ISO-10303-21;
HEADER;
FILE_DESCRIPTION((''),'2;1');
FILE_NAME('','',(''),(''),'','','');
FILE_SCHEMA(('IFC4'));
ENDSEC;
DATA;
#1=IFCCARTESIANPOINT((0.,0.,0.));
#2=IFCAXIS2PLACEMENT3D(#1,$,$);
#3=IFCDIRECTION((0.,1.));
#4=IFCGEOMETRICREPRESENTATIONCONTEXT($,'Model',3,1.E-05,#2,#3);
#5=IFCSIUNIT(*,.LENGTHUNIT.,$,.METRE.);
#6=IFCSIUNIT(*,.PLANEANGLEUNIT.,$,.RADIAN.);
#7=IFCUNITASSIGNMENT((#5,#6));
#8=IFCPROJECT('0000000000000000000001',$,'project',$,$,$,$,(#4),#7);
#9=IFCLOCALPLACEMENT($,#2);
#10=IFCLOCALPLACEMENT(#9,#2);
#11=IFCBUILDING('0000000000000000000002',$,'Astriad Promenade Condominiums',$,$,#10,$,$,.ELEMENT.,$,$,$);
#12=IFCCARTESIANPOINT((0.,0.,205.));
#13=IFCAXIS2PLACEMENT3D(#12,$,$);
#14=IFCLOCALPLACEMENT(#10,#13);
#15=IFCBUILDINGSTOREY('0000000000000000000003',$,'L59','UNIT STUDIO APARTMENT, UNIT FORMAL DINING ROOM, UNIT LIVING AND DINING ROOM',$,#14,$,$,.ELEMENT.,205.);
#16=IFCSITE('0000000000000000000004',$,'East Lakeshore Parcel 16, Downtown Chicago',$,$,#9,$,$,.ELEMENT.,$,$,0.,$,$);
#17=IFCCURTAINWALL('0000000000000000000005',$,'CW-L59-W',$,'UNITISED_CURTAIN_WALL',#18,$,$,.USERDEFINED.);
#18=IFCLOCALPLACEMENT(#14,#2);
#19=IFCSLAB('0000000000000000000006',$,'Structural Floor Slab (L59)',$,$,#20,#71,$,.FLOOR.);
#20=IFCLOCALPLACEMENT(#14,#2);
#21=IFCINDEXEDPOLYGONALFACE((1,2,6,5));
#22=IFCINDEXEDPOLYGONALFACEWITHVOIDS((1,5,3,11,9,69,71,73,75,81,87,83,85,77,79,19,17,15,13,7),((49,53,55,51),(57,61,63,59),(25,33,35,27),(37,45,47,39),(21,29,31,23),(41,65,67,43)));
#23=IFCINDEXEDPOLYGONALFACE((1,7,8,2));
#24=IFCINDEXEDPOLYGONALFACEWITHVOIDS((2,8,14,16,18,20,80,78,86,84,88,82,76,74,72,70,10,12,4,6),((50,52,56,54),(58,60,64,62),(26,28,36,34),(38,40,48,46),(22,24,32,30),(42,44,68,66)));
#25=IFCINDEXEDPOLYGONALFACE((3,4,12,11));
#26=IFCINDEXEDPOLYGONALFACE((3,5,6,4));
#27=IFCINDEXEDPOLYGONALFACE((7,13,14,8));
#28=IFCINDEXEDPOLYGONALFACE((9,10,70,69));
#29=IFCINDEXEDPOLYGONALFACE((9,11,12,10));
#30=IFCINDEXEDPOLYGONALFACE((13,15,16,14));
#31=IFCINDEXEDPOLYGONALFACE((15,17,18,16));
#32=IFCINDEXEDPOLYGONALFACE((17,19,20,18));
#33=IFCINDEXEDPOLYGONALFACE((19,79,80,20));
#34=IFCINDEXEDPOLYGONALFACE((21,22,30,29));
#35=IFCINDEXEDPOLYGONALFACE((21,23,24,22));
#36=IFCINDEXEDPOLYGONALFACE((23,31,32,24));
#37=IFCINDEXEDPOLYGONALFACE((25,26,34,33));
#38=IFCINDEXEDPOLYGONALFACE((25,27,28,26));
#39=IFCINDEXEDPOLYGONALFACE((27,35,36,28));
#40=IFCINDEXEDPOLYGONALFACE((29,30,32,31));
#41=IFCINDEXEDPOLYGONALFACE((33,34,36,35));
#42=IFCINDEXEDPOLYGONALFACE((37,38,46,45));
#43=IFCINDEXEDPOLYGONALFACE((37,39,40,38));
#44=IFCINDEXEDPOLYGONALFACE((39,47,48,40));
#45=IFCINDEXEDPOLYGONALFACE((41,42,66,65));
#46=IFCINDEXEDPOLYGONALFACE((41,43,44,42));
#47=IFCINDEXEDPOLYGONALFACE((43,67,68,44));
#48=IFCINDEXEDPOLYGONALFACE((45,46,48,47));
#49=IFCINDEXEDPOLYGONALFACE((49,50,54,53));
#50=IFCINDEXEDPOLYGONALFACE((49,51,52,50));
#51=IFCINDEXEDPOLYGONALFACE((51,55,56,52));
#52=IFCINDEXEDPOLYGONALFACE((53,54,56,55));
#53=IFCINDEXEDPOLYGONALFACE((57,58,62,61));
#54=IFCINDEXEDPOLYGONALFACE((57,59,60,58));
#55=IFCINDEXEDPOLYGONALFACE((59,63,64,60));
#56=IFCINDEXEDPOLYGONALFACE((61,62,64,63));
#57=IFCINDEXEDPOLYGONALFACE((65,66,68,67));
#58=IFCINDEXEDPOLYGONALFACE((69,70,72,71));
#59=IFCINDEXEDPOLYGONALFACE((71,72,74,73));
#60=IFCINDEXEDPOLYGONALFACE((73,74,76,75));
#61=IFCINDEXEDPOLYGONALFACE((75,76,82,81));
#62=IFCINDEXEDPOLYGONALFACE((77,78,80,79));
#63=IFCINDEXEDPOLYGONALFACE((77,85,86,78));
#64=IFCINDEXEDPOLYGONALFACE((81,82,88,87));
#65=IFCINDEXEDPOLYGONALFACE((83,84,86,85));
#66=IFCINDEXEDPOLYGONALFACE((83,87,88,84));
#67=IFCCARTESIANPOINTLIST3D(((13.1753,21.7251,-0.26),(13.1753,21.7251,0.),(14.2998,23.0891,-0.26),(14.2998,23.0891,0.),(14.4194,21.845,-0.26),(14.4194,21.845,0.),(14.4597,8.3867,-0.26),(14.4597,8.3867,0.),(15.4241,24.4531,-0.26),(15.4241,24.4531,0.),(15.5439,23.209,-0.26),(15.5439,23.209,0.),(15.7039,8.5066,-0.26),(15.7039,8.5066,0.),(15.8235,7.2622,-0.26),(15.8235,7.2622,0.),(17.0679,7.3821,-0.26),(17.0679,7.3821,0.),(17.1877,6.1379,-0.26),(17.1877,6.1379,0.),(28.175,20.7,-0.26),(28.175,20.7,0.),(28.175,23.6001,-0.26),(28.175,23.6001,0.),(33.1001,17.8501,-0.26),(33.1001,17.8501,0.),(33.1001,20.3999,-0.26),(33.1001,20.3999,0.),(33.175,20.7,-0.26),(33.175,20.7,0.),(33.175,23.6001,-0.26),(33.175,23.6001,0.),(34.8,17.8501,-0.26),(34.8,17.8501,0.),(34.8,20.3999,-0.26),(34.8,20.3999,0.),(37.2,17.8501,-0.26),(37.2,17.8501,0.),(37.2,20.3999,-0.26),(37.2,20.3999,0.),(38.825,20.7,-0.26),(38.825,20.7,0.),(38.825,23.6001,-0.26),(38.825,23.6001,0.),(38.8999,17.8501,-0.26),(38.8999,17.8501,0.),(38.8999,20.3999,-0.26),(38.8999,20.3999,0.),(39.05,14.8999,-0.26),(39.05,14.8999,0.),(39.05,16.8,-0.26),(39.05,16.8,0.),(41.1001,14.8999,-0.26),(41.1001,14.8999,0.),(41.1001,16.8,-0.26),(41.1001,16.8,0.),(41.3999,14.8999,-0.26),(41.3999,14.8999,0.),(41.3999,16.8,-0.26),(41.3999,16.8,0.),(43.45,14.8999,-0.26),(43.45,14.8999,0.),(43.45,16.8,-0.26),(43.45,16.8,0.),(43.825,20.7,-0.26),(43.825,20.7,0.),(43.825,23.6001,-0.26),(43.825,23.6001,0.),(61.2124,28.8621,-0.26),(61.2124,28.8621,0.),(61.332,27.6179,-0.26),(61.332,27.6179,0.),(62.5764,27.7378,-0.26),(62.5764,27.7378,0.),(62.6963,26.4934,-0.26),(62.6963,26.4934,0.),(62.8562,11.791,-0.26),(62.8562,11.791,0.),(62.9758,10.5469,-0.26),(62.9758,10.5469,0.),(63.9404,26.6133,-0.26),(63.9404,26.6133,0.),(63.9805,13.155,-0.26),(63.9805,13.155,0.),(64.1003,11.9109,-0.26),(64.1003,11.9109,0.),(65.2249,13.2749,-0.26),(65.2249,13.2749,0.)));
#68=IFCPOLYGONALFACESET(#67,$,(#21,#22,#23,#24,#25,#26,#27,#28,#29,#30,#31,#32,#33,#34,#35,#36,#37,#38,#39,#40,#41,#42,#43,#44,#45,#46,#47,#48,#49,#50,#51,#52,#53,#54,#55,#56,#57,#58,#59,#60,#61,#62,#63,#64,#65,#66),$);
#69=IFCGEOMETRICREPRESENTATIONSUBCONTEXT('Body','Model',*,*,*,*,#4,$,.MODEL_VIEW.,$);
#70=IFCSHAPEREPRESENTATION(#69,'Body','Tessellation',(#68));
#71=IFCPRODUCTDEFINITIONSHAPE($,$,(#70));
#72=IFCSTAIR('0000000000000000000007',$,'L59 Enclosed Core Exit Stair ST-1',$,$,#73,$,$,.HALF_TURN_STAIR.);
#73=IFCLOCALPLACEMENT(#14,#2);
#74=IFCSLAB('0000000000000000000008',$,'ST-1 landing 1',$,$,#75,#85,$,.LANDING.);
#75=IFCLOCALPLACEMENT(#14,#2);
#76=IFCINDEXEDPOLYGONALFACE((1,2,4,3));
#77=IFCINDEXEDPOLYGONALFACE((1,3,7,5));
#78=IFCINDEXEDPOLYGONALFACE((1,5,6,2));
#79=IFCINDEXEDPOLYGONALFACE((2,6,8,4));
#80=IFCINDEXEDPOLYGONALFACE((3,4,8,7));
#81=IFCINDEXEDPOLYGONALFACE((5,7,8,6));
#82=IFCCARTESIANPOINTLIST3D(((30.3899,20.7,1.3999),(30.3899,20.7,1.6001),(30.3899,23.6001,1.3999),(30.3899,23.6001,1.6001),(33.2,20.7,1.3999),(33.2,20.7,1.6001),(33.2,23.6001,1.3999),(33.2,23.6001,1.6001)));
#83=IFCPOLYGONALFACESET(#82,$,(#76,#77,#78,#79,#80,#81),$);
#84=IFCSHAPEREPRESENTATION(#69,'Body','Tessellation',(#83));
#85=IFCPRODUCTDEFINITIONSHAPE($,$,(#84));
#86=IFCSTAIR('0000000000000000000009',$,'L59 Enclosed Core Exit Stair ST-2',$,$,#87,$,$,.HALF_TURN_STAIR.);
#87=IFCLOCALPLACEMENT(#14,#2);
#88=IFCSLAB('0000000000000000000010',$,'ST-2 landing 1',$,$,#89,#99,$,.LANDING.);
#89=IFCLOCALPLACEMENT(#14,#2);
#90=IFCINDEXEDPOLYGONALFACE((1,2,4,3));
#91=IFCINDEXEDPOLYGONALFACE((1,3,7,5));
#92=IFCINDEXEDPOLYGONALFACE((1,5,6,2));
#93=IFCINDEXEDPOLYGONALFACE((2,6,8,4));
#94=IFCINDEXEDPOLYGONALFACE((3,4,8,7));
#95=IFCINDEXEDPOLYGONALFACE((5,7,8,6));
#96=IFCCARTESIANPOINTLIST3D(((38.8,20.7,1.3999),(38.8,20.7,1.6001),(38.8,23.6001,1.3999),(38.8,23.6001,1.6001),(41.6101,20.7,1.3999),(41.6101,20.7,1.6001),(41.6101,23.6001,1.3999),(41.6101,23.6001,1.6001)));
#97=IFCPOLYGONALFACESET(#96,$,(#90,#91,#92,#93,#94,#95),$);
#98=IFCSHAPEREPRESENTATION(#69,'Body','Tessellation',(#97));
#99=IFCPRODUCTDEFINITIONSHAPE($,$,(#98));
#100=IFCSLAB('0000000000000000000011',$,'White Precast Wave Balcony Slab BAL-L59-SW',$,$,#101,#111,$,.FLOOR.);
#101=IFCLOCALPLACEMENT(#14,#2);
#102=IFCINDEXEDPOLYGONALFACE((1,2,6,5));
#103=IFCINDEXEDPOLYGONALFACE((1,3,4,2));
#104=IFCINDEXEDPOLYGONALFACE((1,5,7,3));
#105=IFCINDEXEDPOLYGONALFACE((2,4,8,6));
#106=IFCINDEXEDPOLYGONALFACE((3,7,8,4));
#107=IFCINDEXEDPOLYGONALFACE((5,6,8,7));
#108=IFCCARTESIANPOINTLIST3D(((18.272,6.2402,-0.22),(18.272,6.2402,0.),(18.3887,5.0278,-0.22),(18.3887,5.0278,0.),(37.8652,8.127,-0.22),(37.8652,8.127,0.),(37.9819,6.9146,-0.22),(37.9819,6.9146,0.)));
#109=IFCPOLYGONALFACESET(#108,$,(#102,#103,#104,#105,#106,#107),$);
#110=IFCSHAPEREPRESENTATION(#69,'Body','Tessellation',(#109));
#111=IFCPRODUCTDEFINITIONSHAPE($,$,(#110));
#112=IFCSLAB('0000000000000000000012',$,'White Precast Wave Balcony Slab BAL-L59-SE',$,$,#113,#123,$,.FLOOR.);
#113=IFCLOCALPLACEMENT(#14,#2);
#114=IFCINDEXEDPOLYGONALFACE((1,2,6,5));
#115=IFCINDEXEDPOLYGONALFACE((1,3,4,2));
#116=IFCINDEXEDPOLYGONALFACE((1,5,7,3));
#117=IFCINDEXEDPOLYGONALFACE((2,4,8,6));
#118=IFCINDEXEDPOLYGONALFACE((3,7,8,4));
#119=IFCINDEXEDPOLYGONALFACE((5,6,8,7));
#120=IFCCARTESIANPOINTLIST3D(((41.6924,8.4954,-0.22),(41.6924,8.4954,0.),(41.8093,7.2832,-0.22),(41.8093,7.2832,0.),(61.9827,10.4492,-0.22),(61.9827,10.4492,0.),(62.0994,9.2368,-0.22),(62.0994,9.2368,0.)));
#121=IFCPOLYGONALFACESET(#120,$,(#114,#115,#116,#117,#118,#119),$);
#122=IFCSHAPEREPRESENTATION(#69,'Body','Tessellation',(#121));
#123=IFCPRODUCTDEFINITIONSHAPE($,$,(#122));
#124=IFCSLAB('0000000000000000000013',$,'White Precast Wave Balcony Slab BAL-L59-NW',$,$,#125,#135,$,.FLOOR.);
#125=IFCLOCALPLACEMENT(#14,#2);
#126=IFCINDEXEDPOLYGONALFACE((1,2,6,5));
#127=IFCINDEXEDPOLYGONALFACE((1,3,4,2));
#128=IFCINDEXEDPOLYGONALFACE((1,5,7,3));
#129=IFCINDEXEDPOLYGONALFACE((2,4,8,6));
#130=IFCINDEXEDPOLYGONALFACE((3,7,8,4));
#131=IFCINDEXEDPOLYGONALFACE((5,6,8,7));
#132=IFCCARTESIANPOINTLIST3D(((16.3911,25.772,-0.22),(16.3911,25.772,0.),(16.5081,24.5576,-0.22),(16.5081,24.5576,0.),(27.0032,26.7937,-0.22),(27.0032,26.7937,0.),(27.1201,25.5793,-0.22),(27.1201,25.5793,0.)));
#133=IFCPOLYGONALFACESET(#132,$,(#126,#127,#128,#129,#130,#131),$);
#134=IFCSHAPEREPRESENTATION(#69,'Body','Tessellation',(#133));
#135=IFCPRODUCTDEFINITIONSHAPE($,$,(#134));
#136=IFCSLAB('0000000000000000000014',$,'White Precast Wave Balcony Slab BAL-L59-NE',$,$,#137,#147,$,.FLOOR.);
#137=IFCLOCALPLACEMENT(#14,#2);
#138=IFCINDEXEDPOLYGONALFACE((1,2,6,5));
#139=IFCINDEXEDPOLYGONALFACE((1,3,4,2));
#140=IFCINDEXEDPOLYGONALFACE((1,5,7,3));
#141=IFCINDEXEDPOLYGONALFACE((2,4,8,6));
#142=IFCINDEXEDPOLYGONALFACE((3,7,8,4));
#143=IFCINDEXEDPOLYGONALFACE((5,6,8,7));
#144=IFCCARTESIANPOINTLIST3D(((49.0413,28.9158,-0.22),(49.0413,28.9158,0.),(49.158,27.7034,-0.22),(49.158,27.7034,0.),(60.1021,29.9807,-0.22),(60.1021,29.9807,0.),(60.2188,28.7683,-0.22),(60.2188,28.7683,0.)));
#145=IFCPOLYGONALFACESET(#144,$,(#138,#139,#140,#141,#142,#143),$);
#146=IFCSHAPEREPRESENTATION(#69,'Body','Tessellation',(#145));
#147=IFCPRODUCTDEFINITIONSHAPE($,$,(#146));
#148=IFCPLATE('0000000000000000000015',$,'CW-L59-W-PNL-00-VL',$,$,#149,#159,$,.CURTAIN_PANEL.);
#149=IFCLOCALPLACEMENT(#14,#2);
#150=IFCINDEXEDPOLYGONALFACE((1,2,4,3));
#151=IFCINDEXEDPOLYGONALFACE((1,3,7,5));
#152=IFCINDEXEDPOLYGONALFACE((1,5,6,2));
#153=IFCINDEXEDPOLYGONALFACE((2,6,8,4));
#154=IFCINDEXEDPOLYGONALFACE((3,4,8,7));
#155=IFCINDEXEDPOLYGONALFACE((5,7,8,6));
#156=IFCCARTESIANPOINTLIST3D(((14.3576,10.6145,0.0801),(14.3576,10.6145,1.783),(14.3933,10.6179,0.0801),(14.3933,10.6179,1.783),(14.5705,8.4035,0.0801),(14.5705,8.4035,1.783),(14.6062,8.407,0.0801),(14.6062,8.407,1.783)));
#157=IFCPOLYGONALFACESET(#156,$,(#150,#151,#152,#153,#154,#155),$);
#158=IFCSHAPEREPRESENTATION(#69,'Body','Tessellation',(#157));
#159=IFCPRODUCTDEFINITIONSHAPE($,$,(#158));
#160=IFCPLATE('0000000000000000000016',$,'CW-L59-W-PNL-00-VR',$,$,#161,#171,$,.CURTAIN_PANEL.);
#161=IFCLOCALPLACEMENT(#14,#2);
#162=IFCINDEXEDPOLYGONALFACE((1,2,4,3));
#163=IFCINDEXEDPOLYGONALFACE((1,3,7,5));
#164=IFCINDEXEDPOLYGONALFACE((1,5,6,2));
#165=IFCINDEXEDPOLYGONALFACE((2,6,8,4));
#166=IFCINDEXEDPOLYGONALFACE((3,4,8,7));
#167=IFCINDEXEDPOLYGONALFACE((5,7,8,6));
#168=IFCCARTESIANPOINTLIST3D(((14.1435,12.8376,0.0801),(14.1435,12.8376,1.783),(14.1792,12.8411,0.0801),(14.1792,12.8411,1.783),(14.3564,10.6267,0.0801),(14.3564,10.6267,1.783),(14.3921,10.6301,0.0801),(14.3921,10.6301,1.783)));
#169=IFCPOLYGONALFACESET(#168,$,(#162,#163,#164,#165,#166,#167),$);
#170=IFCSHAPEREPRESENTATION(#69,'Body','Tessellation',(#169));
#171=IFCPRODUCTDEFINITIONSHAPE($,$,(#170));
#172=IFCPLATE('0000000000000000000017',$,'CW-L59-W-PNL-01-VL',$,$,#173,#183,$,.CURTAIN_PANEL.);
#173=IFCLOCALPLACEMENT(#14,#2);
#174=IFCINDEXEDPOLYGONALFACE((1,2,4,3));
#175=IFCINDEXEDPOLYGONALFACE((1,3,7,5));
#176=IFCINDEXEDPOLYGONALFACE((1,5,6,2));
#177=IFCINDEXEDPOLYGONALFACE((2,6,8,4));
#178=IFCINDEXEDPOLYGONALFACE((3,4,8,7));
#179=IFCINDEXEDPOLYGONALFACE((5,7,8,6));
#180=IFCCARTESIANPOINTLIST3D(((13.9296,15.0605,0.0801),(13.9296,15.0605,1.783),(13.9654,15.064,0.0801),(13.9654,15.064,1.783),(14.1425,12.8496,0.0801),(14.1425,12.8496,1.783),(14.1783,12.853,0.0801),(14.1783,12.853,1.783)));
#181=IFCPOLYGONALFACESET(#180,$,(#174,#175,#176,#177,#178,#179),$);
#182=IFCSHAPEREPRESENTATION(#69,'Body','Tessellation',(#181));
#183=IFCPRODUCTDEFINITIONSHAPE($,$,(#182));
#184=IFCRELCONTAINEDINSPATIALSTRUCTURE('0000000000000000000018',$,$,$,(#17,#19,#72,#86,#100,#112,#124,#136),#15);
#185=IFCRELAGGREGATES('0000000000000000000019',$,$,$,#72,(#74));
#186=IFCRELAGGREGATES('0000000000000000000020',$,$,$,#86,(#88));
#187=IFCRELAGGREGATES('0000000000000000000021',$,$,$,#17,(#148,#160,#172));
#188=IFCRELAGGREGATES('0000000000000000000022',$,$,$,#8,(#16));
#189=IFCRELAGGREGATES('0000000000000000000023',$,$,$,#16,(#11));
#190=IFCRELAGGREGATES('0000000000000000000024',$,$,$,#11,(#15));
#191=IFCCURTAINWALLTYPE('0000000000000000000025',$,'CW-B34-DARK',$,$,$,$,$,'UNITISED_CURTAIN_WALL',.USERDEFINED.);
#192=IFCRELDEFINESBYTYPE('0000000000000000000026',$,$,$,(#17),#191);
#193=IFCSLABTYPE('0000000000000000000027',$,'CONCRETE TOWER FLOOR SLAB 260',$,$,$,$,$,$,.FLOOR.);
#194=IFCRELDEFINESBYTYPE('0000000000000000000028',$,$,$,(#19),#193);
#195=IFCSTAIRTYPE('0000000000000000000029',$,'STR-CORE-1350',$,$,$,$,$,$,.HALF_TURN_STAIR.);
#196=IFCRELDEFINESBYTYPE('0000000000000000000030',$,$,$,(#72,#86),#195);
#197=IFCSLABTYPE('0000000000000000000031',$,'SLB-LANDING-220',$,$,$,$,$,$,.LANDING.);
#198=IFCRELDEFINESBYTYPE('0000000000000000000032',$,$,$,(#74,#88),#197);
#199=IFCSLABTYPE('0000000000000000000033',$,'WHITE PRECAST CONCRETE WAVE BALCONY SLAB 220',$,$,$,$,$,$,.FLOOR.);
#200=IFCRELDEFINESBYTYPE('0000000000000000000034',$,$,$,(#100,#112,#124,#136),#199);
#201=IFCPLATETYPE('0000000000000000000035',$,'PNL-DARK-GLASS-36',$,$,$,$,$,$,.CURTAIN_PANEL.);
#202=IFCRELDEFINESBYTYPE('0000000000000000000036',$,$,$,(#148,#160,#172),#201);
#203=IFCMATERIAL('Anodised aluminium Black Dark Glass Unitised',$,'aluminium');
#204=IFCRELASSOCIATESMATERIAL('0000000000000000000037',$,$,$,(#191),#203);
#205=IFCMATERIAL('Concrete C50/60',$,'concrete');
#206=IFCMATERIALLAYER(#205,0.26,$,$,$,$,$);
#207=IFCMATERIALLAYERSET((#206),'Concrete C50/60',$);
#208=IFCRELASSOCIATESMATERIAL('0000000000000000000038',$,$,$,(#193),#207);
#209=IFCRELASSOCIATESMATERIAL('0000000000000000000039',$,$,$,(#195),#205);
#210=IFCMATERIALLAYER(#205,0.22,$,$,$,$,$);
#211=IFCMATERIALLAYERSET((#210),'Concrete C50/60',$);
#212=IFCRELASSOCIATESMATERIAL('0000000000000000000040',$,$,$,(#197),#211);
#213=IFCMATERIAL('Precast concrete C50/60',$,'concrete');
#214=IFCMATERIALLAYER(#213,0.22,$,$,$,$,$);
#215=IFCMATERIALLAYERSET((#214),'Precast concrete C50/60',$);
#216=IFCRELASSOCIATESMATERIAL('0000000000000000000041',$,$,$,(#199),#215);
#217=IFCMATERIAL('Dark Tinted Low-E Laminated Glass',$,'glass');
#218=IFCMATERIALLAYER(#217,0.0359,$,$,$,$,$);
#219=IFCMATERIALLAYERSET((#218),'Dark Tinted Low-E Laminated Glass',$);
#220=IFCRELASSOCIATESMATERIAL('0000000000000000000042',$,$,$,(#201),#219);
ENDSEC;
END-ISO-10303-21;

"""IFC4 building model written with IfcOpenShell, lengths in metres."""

from ifc_helpers import new_model, si_unit, direction, frame, origin, origin_2d, place, context, subcontext, project, spatial, polyline, rectangle, outline, extrude, source, transform, mapped, material, layer, layer_set, type_object, element, aggregate, save


model = new_model("IFC4")

# Units and contexts
model_context = context("Model", 3, precision=1e-05, world=origin(), true_north=direction((0.0, 1.0)))
body_context = subcontext(model_context, "Body", "Model", "MODEL_VIEW")
ifc_project = project(units=[si_unit("LENGTHUNIT", "METRE"), si_unit("PLANEANGLEUNIT", "RADIAN")], contexts=[model_context])

# Site, building, storey
site_placement = place(None, origin())
site = spatial("IfcSite", under=ifc_project, at=site_placement, Name="East Lakeshore Parcel 16, Downtown Chicago", CompositionType="ELEMENT", RefElevation=0.0)
building_placement = place(site_placement, origin())
building = spatial("IfcBuilding", under=site, at=building_placement, Name="Astriad Promenade Condominiums", CompositionType="ELEMENT")
storey_placement = place(building_placement, frame((0.0, 0.0, 205.0)))
storey = spatial("IfcBuildingStorey", under=building, at=storey_placement, Name="L59", Description="UNIT STUDIO APARTMENT, UNIT FORMAL DINING ROOM, UNIT LIVING AND DINING ROOM", CompositionType="ELEMENT", Elevation=205.0)

# Shared definitions
ifc_material_1 = material(Name="Concrete C50/60", Category="concrete")

# Curtain wall
ifc_material_2 = material(Name="Anodised aluminium Black Dark Glass Unitised", Category="aluminium")
curtain_wall_type = type_object("IfcCurtainWallType", Name="CW-B34-DARK", ElementType="UNITISED_CURTAIN_WALL", PredefinedType="USERDEFINED", material=ifc_material_2)
curtain_wall_placement = place(storey_placement, origin())
curtain_wall = element("IfcCurtainWall", 1, at=curtain_wall_placement, inside=storey, type_object=curtain_wall_type, Name="CW-L59-W", ObjectType="UNITISED_CURTAIN_WALL", PredefinedType="USERDEFINED")

# Slab
ifc_layer_1 = layer(ifc_material_1, 0.26)
ifc_layer_set_1 = layer_set([ifc_layer_1], Name="Concrete C50/60")
slab_type_1 = type_object("IfcSlabType", Name="CONCRETE TOWER FLOOR SLAB 260", PredefinedType="FLOOR", material=ifc_layer_set_1)
slab_1_placement = place(storey_placement, frame((0.0, 0.0, -0.26)))
element("IfcSlab", 2, at=slab_1_placement, inside=storey, type_object=slab_type_1, Name="Structural Floor Slab (L59)", PredefinedType="FLOOR", context=body_context, shape_type="SweptSolid", body=[
    extrude(outline(polyline([(17.1877, 6.1379), (62.9758, 10.5469), (62.8562, 11.791), (64.1003, 11.9109), (63.9805, 13.155), (65.2249, 13.2749), (63.9404, 26.6133), (62.6963, 26.4934), (62.5764, 27.7378), (61.332, 27.6179), (61.2124, 28.8621), (15.4241, 24.4531), (15.5439, 23.209), (14.2998, 23.0891), (14.4194, 21.845), (13.1753, 21.7251), (14.4597, 8.3867), (15.7039, 8.5066), (15.8235, 7.2622), (17.0679, 7.3821), (17.1877, 6.1379)]), holes=[polyline([(28.175, 20.7), (33.175, 20.7), (33.175, 23.6001), (28.175, 23.6001), (28.175, 20.7)]), polyline([(38.825, 20.7), (43.825, 20.7), (43.825, 23.6001), (38.825, 23.6001), (38.825, 20.7)]), polyline([(33.1001, 17.8501), (34.8, 17.8501), (34.8, 20.3999), (33.1001, 20.3999), (33.1001, 17.8501)]), polyline([(37.2, 17.8501), (38.8999, 17.8501), (38.8999, 20.3999), (37.2, 20.3999), (37.2, 17.8501)]), polyline([(39.05, 14.8999), (41.1001, 14.8999), (41.1001, 16.8), (39.05, 16.8), (39.05, 14.8999)]), polyline([(41.3999, 14.8999), (43.45, 14.8999), (43.45, 16.8), (41.3999, 16.8), (41.3999, 14.8999)])]), origin(), (0.0, 0.0, 1.0), 0.26),
])

# Stairs, slabs
stair_type = type_object("IfcStairType", Name="STR-CORE-1350", PredefinedType="HALF_TURN_STAIR", material=ifc_material_1)
stair_1_placement = place(storey_placement, origin())
stair_1 = element("IfcStair", 3, at=stair_1_placement, inside=storey, type_object=stair_type, Name="L59 Enclosed Core Exit Stair ST-1", PredefinedType="HALF_TURN_STAIR")
ifc_layer_2 = layer(ifc_material_1, 0.22)
ifc_layer_set_2 = layer_set([ifc_layer_2], Name="Concrete C50/60")
slab_type_2 = type_object("IfcSlabType", Name="SLB-LANDING-220", PredefinedType="LANDING", material=ifc_layer_set_2)
slab_2_placement = place(storey_placement, frame((0.0, 0.0, 1.3999)))
slab_2 = element("IfcSlab", 4, at=slab_2_placement, type_object=slab_type_2, Name="ST-1 landing 1", PredefinedType="LANDING", context=body_context, shape_type="SweptSolid", body=[
    extrude(outline(polyline([(30.3899, 20.7), (33.2, 20.7), (33.2, 23.6001), (30.3899, 23.6001), (30.3899, 20.7)])), origin(), (0.0, 0.0, 1.0), 0.2002),
])
aggregate(stair_1, [slab_2])
stair_2_placement = place(storey_placement, origin())
stair_2 = element("IfcStair", 5, at=stair_2_placement, inside=storey, type_object=stair_type, Name="L59 Enclosed Core Exit Stair ST-2", PredefinedType="HALF_TURN_STAIR")
slab_3_placement = place(storey_placement, frame((0.0, 0.0, 1.3999)))
slab_3 = element("IfcSlab", 6, at=slab_3_placement, type_object=slab_type_2, Name="ST-2 landing 1", PredefinedType="LANDING", context=body_context, shape_type="SweptSolid", body=[
    extrude(outline(polyline([(41.6101, 23.6001), (38.8, 23.6001), (38.8, 20.7), (41.6101, 20.7), (41.6101, 23.6001)])), origin(), (0.0, 0.0, 1.0), 0.2002),
])
aggregate(stair_2, [slab_3])

# Slabs
ifc_material_3 = material(Name="Precast concrete C50/60", Category="concrete")
ifc_layer_3 = layer(ifc_material_3, 0.22)
ifc_layer_set_3 = layer_set([ifc_layer_3], Name="Precast concrete C50/60")
slab_type_3 = type_object("IfcSlabType", Name="WHITE PRECAST CONCRETE WAVE BALCONY SLAB 220", PredefinedType="FLOOR", material=ifc_layer_set_3)
slab_4_placement = place(storey_placement, frame((0.0, 0.0, -0.22)))
element("IfcSlab", 7, at=slab_4_placement, inside=storey, type_object=slab_type_3, Name="White Precast Wave Balcony Slab BAL-L59-SW", PredefinedType="FLOOR", context=body_context, shape_type="SweptSolid", body=[
    extrude(outline(polyline([(37.9819, 6.9146), (18.3887, 5.0278), (18.272, 6.2402), (37.8652, 8.127), (37.9819, 6.9146)])), origin(), (0.0, 0.0, 1.0), 0.22),
])
slab_5_placement = place(storey_placement, frame((0.0, 0.0, -0.22)))
element("IfcSlab", 8, at=slab_5_placement, inside=storey, type_object=slab_type_3, Name="White Precast Wave Balcony Slab BAL-L59-SE", PredefinedType="FLOOR", context=body_context, shape_type="SweptSolid", body=[
    extrude(outline(polyline([(62.0994, 9.2368), (41.8093, 7.2832), (41.6924, 8.4954), (61.9827, 10.4492), (62.0994, 9.2368)])), origin(), (0.0, 0.0, 1.0), 0.22),
])
slab_6_placement = place(storey_placement, frame((0.0, 0.0, -0.22)))
element("IfcSlab", 9, at=slab_6_placement, inside=storey, type_object=slab_type_3, Name="White Precast Wave Balcony Slab BAL-L59-NW", PredefinedType="FLOOR", context=body_context, shape_type="SweptSolid", body=[
    extrude(outline(polyline([(16.5081, 24.5576), (27.1201, 25.5793), (27.0032, 26.7937), (16.3911, 25.772), (16.5081, 24.5576)])), origin(), (0.0, 0.0, 1.0), 0.22),
])
slab_7_placement = place(storey_placement, frame((0.0, 0.0, -0.22)))
element("IfcSlab", 10, at=slab_7_placement, inside=storey, type_object=slab_type_3, Name="White Precast Wave Balcony Slab BAL-L59-NE", PredefinedType="FLOOR", context=body_context, shape_type="SweptSolid", body=[
    extrude(outline(polyline([(49.0413, 28.9158), (60.1021, 29.9807), (60.2188, 28.7683), (49.158, 27.7034), (49.0413, 28.9158)])), origin(), (0.0, 0.0, 1.0), 0.22),
])

# Plates
ifc_material_4 = material(Name="Dark Tinted Low-E Laminated Glass", Category="glass")
ifc_layer_4 = layer(ifc_material_4, 0.0359)
ifc_layer_set_4 = layer_set([ifc_layer_4], Name="Dark Tinted Low-E Laminated Glass")
plate_type = type_object("IfcPlateType", Name="PNL-DARK-GLASS-36", PredefinedType="CURTAIN_PANEL", material=ifc_layer_set_4)
shared_shape_1 = source(origin(), body_context, "Body", "SweptSolid", [
    extrude(rectangle(XDim=2.2212, YDim=0.0359, at=origin_2d()), origin(), (0.0, 0.0, 1.0), 1.7029),
])
plate_1_placement = place(storey_placement, frame((14.4819, 9.5107, 0.0801), z_axis=(0.0, 0.0, 1.0), x_axis=(-0.095846, 0.995396, 0.0)))
plate_1 = element("IfcPlate", 11, at=plate_1_placement, type_object=plate_type, Name="CW-L59-W-PNL-00-VL", PredefinedType="CURTAIN_PANEL", context=body_context, shape_type="MappedRepresentation", body=[
    mapped(shared_shape_1, transform((0.0, 0.0, 0.0), scale=1.0)),
])
plate_2_placement = place(storey_placement, frame((14.2678, 11.7339, 0.0801), z_axis=(0.0, 0.0, 1.0), x_axis=(-0.095846, 0.995396, 0.0)))
plate_2 = element("IfcPlate", 12, at=plate_2_placement, type_object=plate_type, Name="CW-L59-W-PNL-00-VR", PredefinedType="CURTAIN_PANEL", context=body_context, shape_type="MappedRepresentation", body=[
    mapped(shared_shape_1, transform((0.0, 0.0, 0.0), scale=1.0)),
])
plate_3_placement = place(storey_placement, frame((14.054, 13.9568, 0.0801), z_axis=(0.0, 0.0, 1.0), x_axis=(-0.095846, 0.995396, 0.0)))
plate_3 = element("IfcPlate", 13, at=plate_3_placement, type_object=plate_type, Name="CW-L59-W-PNL-01-VL", PredefinedType="CURTAIN_PANEL", context=body_context, shape_type="MappedRepresentation", body=[
    mapped(shared_shape_1, transform((0.0, 0.0, 0.0), scale=1.0)),
])
aggregate(curtain_wall, [plate_1, plate_2, plate_3])

save(model, "model.ifc")
